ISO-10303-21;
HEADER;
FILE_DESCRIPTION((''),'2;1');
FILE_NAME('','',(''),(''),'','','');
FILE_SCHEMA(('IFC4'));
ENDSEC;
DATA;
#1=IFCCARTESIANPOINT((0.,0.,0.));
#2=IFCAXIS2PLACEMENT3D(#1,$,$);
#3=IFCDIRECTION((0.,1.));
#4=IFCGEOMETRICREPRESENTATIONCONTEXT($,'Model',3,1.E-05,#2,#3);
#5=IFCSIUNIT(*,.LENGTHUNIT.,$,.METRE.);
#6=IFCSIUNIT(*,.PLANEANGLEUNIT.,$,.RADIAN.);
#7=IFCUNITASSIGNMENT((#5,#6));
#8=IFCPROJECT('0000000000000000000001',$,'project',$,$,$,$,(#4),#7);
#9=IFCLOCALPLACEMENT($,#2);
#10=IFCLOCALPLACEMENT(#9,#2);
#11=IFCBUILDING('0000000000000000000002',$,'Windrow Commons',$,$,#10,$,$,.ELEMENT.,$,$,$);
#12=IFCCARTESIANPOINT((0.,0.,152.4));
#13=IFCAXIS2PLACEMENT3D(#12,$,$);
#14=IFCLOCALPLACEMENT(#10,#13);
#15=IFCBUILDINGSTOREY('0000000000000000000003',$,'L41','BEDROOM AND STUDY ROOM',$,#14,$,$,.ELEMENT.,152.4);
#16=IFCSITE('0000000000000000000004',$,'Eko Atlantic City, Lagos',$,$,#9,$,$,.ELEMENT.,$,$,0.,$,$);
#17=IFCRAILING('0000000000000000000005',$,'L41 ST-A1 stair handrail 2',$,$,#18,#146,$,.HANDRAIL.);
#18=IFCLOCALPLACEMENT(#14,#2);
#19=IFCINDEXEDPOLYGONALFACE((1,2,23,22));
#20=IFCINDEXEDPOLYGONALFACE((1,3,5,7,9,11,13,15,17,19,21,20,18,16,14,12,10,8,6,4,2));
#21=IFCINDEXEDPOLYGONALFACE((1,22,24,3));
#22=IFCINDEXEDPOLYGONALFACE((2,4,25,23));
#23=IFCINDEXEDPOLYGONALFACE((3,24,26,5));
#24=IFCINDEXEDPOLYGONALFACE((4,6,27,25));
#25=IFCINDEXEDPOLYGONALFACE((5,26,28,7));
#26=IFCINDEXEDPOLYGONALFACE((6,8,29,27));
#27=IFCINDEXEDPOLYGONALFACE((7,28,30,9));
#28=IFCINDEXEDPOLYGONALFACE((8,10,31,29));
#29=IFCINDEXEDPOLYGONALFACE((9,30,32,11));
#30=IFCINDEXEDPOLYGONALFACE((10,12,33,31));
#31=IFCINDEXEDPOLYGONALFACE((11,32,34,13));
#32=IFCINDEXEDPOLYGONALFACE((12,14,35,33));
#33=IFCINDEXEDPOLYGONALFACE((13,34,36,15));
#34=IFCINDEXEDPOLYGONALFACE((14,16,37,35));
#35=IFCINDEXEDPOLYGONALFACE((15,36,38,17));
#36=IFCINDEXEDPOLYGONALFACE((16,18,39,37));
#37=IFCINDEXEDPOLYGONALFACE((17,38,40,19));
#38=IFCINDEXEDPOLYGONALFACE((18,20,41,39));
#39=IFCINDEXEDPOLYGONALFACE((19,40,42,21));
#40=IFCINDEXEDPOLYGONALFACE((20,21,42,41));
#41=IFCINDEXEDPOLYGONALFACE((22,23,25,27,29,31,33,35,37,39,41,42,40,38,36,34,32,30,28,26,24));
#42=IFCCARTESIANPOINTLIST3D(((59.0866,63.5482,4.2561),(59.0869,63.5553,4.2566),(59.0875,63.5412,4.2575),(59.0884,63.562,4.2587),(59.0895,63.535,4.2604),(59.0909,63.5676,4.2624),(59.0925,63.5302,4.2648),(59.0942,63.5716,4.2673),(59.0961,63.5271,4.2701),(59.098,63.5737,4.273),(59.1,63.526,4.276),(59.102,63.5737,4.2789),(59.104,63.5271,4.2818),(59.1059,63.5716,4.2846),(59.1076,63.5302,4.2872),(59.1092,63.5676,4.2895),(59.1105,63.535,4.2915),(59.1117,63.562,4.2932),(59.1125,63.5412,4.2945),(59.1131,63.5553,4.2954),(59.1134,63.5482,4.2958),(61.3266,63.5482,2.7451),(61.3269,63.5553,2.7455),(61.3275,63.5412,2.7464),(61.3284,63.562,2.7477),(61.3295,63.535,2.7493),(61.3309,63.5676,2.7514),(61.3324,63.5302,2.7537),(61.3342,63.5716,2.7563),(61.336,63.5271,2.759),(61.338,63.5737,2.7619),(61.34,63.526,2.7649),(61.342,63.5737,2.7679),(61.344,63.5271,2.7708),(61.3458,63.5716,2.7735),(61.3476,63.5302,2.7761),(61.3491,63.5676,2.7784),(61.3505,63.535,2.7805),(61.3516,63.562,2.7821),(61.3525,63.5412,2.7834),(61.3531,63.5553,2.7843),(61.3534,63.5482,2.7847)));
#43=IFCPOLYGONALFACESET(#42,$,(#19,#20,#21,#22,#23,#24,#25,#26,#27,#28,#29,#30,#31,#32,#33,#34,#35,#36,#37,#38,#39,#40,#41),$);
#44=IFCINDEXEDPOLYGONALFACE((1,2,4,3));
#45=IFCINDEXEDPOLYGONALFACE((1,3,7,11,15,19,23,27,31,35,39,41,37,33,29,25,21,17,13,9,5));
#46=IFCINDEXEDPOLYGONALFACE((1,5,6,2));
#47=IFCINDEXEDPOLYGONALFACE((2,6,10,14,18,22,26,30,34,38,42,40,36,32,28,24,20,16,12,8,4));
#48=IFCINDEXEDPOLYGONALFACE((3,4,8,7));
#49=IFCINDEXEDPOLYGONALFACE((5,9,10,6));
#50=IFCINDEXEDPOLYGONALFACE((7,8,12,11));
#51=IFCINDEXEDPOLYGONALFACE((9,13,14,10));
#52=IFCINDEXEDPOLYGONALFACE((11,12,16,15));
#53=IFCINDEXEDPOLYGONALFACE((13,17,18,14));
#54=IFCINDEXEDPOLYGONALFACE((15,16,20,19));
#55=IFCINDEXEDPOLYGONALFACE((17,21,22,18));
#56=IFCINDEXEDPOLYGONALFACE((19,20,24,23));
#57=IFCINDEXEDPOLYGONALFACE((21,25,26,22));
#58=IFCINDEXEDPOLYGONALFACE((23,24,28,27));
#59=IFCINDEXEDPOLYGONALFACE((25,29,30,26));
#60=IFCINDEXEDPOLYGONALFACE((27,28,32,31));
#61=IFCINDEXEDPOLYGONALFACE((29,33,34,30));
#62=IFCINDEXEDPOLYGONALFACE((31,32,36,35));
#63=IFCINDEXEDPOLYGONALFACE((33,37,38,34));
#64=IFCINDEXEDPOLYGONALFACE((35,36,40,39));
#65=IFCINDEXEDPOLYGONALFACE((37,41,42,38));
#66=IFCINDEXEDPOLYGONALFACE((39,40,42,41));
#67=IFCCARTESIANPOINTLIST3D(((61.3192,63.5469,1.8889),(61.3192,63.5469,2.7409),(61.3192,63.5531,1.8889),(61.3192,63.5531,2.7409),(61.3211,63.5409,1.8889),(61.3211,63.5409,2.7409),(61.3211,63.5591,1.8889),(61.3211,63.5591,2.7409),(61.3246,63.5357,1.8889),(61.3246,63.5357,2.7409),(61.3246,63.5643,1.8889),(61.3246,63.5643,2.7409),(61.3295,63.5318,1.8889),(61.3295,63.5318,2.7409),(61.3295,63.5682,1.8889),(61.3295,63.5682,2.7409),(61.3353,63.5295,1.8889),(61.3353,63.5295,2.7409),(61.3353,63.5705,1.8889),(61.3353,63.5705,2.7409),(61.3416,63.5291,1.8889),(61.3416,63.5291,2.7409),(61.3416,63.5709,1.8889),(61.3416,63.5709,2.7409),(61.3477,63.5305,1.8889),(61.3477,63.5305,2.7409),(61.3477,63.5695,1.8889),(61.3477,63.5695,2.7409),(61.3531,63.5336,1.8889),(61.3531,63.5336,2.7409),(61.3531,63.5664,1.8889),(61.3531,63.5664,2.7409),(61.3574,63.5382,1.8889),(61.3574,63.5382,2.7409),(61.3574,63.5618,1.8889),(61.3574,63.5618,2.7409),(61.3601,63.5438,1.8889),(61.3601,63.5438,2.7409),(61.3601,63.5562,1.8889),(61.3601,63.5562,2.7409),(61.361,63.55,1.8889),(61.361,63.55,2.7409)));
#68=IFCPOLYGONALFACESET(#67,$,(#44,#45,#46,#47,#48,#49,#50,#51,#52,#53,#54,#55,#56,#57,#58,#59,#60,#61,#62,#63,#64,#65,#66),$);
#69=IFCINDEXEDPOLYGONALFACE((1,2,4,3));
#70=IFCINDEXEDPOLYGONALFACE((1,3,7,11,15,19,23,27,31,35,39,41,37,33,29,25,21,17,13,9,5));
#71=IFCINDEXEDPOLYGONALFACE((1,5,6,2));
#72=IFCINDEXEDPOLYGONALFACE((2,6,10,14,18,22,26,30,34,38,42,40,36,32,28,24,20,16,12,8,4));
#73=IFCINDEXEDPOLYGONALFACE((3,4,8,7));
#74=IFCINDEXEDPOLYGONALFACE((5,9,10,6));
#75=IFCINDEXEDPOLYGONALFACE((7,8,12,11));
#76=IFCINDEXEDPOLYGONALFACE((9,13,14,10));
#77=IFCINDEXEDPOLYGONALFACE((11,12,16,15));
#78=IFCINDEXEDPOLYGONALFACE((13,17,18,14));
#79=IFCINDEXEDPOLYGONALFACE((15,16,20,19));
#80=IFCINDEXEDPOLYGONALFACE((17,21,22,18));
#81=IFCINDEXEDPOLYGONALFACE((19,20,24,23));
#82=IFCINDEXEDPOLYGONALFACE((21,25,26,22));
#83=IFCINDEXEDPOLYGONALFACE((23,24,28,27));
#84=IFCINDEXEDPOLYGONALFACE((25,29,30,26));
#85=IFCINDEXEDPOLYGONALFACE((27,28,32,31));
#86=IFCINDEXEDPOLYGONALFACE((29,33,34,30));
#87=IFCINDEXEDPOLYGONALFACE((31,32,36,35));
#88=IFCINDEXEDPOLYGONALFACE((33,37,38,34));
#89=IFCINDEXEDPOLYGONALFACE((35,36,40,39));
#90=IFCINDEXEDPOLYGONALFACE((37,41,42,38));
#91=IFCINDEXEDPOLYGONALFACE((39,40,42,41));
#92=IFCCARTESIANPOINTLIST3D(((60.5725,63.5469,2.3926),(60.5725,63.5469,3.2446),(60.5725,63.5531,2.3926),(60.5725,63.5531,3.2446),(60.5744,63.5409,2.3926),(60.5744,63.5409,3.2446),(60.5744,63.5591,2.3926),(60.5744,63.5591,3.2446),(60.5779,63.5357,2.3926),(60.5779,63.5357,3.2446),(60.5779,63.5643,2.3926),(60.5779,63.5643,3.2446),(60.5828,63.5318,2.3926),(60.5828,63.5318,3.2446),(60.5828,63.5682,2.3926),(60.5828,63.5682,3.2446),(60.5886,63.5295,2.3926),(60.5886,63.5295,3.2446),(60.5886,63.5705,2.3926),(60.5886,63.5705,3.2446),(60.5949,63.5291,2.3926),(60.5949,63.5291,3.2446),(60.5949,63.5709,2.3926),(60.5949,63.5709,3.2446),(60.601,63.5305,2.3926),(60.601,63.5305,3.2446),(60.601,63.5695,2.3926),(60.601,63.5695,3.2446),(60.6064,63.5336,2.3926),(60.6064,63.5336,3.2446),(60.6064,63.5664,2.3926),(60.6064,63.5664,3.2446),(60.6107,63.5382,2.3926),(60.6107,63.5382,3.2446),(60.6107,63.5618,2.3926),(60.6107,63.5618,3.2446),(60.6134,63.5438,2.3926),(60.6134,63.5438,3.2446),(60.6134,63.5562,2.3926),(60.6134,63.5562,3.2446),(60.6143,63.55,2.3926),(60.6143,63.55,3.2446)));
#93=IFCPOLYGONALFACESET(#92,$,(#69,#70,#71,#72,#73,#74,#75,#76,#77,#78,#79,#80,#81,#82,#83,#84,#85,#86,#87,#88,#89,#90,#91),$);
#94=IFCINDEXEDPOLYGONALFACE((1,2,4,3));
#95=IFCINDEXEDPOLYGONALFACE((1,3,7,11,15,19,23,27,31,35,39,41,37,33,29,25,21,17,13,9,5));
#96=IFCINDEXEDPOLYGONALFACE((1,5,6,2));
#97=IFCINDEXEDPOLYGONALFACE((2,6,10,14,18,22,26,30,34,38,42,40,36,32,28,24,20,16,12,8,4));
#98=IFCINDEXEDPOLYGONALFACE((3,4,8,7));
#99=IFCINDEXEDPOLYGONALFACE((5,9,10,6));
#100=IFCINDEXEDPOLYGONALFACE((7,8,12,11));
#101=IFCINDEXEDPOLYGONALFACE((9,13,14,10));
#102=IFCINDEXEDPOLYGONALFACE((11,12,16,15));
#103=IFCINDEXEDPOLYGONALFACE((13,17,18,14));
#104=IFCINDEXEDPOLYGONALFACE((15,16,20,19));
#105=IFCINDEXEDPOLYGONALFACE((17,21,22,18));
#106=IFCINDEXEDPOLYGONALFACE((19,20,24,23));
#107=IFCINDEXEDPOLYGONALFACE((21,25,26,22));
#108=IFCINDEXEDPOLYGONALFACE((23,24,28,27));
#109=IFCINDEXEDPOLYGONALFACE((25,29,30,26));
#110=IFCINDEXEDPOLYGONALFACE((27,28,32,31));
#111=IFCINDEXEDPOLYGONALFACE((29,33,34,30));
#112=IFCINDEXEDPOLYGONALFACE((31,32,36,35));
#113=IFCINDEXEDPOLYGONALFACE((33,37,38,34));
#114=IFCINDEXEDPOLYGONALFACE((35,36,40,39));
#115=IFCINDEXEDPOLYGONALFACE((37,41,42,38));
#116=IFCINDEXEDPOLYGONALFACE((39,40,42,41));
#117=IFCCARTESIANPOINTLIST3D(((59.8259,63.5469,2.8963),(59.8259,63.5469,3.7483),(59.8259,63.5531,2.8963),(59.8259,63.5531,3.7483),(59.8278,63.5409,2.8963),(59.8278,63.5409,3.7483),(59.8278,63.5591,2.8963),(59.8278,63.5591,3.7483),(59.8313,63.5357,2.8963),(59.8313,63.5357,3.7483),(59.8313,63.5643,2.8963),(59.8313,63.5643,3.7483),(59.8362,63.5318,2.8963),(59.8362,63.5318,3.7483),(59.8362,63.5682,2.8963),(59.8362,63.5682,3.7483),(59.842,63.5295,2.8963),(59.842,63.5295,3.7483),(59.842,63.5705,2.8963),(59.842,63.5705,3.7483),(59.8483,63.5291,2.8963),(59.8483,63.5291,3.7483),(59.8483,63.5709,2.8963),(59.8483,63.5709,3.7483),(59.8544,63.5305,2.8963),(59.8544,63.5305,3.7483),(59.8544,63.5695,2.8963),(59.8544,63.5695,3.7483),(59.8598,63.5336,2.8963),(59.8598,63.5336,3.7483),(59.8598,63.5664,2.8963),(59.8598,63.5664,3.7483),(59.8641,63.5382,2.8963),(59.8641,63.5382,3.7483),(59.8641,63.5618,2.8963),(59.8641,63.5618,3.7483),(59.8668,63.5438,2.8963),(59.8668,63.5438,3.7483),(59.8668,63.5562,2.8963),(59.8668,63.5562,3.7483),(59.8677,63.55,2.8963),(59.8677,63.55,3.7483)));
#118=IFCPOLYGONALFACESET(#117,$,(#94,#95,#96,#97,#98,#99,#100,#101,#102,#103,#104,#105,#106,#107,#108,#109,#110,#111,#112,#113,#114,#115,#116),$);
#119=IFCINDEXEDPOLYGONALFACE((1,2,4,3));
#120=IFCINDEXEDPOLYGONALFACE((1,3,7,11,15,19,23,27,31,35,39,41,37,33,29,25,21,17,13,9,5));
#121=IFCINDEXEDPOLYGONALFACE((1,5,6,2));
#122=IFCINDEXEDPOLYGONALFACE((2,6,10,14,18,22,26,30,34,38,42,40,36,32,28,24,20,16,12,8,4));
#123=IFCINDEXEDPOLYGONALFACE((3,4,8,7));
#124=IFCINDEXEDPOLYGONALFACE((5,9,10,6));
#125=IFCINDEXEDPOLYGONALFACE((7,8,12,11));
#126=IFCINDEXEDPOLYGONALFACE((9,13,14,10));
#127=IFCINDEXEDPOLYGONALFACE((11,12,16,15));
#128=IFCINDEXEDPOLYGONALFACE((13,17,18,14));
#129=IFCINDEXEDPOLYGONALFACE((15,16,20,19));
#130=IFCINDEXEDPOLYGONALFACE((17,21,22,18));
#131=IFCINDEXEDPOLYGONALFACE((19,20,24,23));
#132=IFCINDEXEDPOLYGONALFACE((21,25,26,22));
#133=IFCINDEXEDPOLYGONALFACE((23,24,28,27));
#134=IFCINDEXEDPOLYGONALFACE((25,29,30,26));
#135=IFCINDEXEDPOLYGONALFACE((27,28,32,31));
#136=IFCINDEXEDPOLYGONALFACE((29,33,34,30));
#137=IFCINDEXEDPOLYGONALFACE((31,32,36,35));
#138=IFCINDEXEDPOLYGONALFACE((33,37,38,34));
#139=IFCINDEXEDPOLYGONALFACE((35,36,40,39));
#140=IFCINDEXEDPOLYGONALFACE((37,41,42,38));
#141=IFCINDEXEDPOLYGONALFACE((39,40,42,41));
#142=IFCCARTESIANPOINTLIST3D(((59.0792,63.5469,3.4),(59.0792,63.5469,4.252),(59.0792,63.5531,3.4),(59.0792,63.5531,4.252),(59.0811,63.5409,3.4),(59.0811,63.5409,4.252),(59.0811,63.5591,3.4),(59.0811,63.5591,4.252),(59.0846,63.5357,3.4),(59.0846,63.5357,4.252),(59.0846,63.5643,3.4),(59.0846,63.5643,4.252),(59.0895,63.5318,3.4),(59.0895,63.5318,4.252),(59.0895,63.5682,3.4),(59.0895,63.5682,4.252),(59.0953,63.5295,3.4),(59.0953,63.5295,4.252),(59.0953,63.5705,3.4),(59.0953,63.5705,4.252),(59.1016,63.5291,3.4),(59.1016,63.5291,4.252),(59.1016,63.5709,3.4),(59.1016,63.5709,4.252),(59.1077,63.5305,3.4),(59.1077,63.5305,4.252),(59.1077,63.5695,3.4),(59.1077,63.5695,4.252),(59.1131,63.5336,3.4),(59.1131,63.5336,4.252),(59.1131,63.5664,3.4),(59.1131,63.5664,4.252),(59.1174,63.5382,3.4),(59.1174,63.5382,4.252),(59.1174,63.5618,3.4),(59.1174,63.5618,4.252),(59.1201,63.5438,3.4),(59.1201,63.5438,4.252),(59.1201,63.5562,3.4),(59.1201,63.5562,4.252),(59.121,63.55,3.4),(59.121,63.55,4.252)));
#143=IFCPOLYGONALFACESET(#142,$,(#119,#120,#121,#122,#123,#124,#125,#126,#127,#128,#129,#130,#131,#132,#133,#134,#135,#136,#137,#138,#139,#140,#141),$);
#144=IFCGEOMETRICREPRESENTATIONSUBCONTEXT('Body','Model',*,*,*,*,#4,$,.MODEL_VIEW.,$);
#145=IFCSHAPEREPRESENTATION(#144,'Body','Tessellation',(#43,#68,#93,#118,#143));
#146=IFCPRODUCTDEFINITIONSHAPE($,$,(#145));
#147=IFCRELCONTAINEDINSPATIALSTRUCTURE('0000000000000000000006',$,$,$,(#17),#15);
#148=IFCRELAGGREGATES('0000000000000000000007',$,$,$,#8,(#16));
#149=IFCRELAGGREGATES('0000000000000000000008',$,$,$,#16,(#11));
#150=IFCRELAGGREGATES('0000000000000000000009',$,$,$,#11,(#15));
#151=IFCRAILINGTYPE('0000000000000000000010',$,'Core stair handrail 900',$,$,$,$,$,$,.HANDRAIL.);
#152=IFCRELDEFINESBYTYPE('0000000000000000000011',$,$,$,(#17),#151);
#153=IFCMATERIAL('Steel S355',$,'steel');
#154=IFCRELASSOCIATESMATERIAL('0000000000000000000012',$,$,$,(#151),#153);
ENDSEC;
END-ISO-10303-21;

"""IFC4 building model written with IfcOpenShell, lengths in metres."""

from ifc_helpers import new_model, si_unit, direction, frame, origin, origin_2d, place, context, subcontext, project, spatial, circle, extrude, material, type_object, element, save


model = new_model("IFC4")

# Units and contexts
model_context = context("Model", 3, precision=1e-05, world=origin(), true_north=direction((0.0, 1.0)))
body_context = subcontext(model_context, "Body", "Model", "MODEL_VIEW")
ifc_project = project(units=[si_unit("LENGTHUNIT", "METRE"), si_unit("PLANEANGLEUNIT", "RADIAN")], contexts=[model_context])

# Site, building, storey
site_placement = place(None, origin())
site = spatial("IfcSite", under=ifc_project, at=site_placement, Name="Eko Atlantic City, Lagos", CompositionType="ELEMENT", RefElevation=0.0)
building_placement = place(site_placement, origin())
building = spatial("IfcBuilding", under=site, at=building_placement, Name="Windrow Commons", CompositionType="ELEMENT")
storey_placement = place(building_placement, frame((0.0, 0.0, 152.4)))
storey = spatial("IfcBuildingStorey", under=building, at=storey_placement, Name="L41", Description="BEDROOM AND STUDY ROOM", CompositionType="ELEMENT", Elevation=152.4)

# Railing
ifc_material_1 = material(Name="Steel S355", Category="steel")
railing_type_1 = type_object("IfcRailingType", Name="Core stair handrail 900", PredefinedType="HANDRAIL", material=ifc_material_1)
railing_1_placement = place(storey_placement, frame((61.34, 63.55, 1.8889)))
element("IfcRailing", 1, at=railing_1_placement, inside=storey, type_object=railing_type_1, Name="L41 ST-A1 stair handrail 2", PredefinedType="HANDRAIL", context=body_context, shape_type="SweptSolid", body=[
    extrude(circle(Radius=0.024, at=origin_2d()), frame((0.0, 0.0, 0.876), z_axis=(-0.829003, 0.0, 0.559244), x_axis=(0.0, -1.0, 0.0)), (0.0, 0.0, 1.0), 2.702),
    extrude(circle(Radius=0.021, at=origin_2d()), origin(), (0.0, 0.0, 1.0), 0.852),
    extrude(circle(Radius=0.021, at=origin_2d()), frame((-0.7467, 0.0, 0.5037)), (0.0, 0.0, 1.0), 0.852),
    extrude(circle(Radius=0.021, at=origin_2d()), frame((-1.4933, 0.0, 1.0074)), (0.0, 0.0, 1.0), 0.852),
    extrude(circle(Radius=0.021, at=origin_2d()), frame((-2.24, 0.0, 1.5111)), (0.0, 0.0, 1.0), 0.852),
])

save(model, "model.ifc")
